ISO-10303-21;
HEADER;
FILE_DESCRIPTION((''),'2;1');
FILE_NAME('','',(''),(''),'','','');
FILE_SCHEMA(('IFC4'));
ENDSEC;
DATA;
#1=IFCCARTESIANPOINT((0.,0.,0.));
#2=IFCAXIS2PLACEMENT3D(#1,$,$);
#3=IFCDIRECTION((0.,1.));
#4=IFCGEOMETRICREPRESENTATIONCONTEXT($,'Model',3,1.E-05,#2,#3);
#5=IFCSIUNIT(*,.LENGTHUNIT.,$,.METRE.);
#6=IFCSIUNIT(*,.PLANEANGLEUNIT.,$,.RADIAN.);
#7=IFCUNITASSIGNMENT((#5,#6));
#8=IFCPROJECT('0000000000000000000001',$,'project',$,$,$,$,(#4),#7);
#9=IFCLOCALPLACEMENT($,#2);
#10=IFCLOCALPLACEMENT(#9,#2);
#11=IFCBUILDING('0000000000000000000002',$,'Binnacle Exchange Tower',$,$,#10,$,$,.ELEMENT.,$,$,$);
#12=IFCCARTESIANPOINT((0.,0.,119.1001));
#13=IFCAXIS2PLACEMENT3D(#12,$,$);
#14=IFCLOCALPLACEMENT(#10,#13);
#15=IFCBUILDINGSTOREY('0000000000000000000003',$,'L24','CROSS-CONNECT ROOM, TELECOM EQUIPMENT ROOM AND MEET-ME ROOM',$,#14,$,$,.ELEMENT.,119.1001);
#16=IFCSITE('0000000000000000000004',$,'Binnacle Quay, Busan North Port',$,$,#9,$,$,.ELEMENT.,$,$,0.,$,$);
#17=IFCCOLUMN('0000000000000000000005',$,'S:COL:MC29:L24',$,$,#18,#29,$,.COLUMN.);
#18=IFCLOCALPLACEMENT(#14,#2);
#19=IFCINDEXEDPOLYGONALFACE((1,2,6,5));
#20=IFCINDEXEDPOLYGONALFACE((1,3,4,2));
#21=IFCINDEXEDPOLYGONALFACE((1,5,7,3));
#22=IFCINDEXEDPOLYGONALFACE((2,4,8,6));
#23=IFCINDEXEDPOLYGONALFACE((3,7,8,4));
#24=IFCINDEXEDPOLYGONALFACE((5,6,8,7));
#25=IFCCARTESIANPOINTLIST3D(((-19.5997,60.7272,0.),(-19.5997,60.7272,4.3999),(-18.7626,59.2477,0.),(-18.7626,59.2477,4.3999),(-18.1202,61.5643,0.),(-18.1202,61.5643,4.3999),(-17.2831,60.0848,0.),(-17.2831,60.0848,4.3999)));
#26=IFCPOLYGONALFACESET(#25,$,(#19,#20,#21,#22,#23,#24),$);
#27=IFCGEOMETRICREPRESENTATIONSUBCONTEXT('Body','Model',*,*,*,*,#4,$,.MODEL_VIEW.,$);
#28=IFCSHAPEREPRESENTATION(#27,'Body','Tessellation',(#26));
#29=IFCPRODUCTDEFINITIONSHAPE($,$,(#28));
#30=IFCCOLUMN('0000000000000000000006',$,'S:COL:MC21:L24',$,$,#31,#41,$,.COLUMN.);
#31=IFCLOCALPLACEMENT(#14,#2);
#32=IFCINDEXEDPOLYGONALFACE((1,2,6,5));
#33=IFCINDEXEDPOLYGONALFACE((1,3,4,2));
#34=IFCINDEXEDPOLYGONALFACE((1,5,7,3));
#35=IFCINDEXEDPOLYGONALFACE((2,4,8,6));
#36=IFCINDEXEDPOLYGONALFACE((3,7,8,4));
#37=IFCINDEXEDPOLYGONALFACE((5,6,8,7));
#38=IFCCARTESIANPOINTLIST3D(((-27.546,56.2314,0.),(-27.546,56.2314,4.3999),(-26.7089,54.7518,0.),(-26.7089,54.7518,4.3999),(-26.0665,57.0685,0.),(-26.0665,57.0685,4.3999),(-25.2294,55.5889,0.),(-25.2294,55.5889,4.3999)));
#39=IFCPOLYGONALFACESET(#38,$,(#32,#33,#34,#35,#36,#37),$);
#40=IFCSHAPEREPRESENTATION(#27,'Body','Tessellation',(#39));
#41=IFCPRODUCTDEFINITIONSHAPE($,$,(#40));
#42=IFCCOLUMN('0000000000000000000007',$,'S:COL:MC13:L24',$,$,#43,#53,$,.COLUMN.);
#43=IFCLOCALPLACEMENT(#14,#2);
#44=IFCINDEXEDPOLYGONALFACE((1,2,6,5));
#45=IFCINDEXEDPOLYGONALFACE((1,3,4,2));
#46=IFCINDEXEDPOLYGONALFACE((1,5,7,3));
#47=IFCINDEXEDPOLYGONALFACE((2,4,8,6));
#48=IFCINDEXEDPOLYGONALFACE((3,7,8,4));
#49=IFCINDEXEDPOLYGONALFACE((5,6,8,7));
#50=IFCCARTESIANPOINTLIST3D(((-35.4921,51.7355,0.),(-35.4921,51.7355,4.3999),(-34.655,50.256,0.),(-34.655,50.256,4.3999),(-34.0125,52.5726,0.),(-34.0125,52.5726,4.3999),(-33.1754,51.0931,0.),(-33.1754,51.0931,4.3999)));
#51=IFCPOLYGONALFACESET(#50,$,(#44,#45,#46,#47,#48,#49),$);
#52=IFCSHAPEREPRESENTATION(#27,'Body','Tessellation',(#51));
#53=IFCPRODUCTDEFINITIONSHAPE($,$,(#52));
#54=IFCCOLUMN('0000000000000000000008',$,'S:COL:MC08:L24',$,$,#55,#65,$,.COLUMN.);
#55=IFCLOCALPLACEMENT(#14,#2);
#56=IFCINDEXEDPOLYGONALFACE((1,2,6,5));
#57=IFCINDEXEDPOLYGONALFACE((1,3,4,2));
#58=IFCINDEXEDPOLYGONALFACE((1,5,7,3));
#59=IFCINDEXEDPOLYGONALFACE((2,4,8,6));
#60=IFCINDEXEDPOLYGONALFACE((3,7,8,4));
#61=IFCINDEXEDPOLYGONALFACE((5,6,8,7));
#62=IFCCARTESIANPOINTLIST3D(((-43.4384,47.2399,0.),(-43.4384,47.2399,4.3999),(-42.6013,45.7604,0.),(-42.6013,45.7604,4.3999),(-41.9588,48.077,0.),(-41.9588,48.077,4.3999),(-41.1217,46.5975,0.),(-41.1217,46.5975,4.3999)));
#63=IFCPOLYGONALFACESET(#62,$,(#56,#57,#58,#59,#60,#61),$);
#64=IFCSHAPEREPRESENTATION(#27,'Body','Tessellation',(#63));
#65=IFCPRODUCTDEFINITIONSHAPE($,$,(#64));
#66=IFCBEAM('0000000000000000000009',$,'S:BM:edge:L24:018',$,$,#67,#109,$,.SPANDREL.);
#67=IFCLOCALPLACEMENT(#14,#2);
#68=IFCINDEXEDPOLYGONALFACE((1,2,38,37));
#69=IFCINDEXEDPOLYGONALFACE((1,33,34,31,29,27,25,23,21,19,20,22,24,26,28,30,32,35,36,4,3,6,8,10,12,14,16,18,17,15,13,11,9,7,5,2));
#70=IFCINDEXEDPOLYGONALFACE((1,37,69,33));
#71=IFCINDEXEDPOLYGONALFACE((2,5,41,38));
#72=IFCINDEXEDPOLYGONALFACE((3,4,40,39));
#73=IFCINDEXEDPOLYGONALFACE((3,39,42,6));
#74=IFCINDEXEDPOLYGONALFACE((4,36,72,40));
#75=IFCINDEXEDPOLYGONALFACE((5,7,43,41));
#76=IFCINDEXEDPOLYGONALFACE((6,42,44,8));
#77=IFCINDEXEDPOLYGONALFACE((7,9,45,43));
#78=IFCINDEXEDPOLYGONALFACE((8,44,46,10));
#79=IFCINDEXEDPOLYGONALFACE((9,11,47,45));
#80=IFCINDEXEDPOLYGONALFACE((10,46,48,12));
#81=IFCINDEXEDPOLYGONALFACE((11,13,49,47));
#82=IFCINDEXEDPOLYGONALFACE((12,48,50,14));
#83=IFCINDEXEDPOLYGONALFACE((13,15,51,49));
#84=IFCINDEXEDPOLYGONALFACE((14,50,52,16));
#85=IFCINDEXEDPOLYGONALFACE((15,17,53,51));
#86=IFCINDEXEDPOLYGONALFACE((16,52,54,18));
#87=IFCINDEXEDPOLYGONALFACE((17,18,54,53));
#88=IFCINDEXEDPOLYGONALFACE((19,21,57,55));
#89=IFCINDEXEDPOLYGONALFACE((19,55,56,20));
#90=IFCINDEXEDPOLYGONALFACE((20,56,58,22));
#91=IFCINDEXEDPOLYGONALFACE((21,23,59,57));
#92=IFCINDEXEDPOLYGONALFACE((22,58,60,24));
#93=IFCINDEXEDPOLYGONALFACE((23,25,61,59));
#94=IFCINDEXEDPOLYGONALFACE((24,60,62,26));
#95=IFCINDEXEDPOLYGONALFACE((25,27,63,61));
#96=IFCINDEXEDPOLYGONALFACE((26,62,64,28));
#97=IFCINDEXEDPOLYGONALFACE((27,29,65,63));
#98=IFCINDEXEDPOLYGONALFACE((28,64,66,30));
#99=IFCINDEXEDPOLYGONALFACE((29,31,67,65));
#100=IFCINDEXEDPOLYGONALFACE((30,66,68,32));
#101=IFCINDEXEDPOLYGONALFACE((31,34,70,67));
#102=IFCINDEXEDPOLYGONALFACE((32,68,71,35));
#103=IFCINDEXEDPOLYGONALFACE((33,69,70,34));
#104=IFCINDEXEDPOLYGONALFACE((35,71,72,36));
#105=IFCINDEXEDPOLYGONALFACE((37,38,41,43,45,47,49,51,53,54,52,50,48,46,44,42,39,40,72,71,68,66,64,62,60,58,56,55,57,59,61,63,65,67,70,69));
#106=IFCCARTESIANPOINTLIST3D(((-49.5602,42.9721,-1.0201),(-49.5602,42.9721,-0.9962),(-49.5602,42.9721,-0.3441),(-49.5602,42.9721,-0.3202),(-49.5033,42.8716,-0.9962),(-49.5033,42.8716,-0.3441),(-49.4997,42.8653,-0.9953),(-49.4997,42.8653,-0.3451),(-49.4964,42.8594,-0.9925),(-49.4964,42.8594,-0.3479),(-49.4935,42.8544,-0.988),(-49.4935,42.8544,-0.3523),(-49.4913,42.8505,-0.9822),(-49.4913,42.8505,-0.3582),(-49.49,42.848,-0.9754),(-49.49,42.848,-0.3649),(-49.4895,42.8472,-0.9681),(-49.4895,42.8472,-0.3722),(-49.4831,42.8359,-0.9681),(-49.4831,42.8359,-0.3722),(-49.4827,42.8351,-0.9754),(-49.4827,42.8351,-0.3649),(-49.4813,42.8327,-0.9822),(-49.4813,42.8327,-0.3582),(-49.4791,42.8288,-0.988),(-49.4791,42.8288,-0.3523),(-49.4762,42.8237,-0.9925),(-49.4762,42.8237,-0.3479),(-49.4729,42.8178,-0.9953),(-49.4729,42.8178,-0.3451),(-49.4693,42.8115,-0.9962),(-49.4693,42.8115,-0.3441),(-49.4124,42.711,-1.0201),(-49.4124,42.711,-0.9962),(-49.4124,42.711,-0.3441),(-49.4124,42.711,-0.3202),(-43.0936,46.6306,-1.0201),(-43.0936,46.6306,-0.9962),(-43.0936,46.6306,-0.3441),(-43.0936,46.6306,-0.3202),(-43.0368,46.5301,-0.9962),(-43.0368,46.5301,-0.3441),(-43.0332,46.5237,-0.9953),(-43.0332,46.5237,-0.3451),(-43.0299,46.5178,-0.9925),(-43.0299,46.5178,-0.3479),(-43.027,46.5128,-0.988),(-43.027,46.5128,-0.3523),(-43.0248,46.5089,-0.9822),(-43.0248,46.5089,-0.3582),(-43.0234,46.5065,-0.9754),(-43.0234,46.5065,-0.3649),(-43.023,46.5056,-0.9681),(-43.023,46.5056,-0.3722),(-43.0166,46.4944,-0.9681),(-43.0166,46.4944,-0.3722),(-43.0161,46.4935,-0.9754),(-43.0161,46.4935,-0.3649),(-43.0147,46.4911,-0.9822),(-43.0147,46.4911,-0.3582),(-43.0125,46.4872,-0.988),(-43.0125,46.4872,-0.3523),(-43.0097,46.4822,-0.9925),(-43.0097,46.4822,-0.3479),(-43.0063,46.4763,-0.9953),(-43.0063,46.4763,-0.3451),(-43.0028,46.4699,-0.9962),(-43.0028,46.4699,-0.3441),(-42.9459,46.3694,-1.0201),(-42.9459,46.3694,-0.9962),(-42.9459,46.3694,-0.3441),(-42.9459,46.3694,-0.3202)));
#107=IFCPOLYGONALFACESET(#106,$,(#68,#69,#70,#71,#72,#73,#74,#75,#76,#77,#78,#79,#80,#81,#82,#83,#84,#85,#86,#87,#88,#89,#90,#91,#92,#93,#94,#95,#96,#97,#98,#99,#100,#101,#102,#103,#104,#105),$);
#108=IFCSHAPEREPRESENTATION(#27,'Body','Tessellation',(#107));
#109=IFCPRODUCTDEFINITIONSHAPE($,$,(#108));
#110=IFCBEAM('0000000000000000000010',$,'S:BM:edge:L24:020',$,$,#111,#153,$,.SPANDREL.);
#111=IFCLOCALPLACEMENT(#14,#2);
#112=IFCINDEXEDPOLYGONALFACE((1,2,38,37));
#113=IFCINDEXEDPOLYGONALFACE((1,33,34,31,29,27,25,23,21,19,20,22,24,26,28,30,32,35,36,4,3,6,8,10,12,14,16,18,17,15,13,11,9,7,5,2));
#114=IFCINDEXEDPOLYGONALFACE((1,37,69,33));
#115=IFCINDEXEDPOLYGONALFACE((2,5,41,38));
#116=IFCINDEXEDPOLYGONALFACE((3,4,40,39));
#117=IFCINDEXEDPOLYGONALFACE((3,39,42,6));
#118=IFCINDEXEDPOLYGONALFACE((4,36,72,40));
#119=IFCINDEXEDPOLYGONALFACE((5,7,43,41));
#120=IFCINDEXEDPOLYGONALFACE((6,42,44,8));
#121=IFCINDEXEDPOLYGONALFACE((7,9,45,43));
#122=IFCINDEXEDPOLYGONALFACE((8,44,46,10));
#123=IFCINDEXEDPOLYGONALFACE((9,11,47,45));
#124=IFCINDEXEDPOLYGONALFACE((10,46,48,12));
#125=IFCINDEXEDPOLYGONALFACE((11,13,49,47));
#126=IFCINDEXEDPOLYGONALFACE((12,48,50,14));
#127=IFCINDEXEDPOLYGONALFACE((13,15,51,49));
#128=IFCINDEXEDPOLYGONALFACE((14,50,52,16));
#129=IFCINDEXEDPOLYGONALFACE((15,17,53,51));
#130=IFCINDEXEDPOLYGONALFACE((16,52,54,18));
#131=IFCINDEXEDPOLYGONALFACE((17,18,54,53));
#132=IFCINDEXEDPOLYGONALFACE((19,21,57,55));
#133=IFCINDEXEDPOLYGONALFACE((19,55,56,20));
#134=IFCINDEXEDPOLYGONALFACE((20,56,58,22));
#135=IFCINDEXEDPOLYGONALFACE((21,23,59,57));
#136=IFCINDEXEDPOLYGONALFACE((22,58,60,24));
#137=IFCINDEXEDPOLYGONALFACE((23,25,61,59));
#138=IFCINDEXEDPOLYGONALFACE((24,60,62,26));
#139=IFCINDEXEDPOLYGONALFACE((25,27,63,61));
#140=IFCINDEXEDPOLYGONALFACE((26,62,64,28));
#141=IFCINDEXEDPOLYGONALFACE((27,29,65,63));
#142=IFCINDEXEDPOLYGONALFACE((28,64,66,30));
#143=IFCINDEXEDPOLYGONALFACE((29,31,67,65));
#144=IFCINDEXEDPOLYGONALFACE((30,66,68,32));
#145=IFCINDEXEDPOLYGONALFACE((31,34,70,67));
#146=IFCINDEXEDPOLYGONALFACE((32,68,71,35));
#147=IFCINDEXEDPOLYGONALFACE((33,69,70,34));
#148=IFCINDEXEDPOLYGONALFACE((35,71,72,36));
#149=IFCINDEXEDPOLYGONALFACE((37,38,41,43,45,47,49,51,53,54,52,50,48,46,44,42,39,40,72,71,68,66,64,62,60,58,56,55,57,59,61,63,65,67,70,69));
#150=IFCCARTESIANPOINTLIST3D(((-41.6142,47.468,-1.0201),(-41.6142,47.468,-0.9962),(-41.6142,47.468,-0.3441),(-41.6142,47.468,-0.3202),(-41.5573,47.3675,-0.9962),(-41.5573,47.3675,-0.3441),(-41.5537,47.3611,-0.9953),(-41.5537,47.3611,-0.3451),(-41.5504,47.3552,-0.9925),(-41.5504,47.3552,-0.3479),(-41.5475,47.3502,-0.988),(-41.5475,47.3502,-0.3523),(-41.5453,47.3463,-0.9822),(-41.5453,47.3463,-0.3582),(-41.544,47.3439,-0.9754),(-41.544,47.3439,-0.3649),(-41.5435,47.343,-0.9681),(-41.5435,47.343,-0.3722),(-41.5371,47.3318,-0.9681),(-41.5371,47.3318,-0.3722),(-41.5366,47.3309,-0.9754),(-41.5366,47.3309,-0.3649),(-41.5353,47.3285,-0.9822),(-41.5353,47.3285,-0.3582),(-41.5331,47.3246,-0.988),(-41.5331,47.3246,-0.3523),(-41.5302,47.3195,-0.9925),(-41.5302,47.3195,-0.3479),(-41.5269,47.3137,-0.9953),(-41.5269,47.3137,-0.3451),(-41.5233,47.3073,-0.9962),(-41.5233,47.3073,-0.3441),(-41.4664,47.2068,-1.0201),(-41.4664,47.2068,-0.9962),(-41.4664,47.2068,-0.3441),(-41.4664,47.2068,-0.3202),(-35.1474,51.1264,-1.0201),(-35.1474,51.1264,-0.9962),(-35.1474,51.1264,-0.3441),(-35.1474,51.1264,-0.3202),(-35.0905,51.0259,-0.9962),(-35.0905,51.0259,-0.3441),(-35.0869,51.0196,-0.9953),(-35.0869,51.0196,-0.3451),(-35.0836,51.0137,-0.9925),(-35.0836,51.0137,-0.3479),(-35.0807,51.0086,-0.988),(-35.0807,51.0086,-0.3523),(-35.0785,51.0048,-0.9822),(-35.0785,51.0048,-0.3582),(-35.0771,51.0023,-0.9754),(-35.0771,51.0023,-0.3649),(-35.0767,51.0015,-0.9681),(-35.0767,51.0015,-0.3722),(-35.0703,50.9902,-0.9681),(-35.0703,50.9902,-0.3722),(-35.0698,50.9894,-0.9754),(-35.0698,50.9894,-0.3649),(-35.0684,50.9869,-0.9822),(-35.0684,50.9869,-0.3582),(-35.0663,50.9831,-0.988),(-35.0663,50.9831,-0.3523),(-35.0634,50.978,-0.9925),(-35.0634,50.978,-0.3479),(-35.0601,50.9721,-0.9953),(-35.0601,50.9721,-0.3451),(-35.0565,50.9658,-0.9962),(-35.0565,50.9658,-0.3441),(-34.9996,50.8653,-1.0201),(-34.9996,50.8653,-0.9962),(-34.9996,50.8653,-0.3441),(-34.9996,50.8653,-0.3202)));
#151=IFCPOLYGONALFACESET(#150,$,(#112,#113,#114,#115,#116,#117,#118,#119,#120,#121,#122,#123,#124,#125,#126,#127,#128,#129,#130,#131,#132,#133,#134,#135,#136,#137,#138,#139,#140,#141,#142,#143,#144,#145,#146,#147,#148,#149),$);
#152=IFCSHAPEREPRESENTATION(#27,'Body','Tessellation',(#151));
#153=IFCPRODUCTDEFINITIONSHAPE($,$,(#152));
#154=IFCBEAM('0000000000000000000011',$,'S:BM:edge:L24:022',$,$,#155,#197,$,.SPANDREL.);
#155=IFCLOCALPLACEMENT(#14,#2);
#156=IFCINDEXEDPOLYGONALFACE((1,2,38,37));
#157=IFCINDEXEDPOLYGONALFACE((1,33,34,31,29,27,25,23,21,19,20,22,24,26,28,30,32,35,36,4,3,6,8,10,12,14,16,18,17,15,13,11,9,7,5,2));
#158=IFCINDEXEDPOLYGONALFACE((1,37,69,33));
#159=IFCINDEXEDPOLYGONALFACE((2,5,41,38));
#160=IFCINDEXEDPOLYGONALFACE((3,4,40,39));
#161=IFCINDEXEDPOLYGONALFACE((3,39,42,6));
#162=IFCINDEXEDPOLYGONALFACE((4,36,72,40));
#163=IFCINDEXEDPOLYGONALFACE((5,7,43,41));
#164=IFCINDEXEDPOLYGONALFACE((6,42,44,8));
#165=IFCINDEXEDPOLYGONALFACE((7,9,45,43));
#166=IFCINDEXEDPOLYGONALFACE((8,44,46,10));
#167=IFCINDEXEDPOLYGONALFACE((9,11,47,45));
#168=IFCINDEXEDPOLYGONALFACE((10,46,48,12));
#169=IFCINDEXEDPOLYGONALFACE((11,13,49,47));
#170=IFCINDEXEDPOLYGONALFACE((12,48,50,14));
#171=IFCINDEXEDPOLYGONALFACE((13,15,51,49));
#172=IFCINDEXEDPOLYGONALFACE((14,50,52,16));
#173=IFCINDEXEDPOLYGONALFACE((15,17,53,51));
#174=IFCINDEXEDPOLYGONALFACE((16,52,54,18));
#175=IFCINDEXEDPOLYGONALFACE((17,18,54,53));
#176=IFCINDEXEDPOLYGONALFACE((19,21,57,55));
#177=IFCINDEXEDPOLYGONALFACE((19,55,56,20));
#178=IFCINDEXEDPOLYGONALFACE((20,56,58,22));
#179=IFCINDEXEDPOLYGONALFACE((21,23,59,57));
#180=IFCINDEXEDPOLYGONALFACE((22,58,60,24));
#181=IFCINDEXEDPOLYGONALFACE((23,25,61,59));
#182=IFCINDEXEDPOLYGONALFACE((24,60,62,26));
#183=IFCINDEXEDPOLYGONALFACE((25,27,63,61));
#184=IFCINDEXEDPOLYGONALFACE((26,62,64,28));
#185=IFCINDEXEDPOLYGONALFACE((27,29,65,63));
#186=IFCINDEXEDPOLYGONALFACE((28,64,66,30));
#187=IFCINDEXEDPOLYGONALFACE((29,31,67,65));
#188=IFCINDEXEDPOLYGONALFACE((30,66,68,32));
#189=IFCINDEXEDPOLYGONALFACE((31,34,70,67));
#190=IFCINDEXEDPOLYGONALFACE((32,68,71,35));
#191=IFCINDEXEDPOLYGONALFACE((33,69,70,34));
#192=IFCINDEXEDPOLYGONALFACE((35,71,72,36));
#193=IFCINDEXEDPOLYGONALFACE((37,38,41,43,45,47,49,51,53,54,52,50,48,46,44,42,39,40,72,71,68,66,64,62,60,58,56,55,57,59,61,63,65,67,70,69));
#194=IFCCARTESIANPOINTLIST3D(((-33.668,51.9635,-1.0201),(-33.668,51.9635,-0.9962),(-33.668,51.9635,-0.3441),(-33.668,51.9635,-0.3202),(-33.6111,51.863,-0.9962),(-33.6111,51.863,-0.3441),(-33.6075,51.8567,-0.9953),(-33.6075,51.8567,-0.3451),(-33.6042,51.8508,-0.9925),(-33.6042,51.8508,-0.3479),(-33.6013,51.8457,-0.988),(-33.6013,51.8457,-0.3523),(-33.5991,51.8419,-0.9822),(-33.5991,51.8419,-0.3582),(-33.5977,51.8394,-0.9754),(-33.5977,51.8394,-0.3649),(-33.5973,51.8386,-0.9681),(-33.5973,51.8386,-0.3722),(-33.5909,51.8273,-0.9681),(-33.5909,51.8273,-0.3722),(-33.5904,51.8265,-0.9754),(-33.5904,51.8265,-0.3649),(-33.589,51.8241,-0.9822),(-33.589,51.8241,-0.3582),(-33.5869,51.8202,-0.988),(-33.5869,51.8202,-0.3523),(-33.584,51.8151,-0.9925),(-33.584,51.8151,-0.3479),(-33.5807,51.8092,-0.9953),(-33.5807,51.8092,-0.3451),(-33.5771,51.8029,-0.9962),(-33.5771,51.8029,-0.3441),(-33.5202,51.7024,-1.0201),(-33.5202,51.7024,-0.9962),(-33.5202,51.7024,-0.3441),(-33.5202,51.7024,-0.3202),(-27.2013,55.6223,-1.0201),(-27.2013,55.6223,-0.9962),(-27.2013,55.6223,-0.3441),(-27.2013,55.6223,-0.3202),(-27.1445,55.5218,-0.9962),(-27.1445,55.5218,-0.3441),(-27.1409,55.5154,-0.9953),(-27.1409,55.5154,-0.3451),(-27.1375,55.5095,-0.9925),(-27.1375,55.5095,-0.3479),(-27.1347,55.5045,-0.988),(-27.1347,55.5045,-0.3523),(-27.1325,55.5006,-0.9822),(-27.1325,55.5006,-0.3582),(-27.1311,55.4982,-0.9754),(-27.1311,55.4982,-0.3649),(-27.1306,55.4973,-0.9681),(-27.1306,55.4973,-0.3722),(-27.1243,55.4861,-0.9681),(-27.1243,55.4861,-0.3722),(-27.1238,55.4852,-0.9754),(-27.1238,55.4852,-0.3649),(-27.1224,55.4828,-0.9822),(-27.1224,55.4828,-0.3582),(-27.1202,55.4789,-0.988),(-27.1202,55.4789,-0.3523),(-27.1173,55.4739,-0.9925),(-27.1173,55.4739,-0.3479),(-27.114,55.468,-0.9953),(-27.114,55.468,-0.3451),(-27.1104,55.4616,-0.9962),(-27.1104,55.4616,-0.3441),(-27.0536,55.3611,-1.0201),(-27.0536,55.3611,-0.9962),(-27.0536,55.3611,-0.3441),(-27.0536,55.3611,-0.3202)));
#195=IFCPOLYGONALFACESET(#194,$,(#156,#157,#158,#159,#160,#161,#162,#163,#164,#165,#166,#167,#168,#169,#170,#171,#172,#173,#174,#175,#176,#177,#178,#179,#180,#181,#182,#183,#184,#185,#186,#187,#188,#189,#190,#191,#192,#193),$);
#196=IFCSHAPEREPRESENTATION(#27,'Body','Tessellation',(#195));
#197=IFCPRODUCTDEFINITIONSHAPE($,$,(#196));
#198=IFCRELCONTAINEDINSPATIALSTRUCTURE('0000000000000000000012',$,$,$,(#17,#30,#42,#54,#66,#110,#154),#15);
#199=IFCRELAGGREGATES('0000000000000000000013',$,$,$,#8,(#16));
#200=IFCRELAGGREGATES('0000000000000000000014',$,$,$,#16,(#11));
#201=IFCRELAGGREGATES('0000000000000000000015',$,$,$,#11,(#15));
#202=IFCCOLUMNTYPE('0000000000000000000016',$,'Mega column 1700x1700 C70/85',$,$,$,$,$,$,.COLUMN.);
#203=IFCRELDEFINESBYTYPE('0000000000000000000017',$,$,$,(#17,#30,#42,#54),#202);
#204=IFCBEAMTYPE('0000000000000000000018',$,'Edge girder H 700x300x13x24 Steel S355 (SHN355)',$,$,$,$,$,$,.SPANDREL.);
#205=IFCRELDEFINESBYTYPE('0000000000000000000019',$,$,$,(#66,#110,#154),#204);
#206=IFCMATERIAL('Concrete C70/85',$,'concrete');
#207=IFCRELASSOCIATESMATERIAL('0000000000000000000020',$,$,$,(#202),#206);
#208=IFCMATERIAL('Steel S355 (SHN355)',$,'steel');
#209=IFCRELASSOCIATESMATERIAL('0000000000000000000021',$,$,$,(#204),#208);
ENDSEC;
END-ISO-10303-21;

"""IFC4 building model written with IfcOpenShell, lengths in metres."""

from ifc_helpers import new_model, si_unit, direction, frame, origin, origin_2d, place, context, subcontext, project, spatial, rectangle, i_section, extrude, material, material_profile, profile_set, type_object, element, save


model = new_model("IFC4")

# Units and contexts
model_context = context("Model", 3, precision=1e-05, world=origin(), true_north=direction((0.0, 1.0)))
body_context = subcontext(model_context, "Body", "Model", "MODEL_VIEW")
ifc_project = project(units=[si_unit("LENGTHUNIT", "METRE"), si_unit("PLANEANGLEUNIT", "RADIAN")], contexts=[model_context])

# Site, building, storey
site_placement = place(None, origin())
site = spatial("IfcSite", under=ifc_project, at=site_placement, Name="Binnacle Quay, Busan North Port", CompositionType="ELEMENT", RefElevation=0.0)
building_placement = place(site_placement, origin())
building = spatial("IfcBuilding", under=site, at=building_placement, Name="Binnacle Exchange Tower", CompositionType="ELEMENT")
storey_placement = place(building_placement, frame((0.0, 0.0, 119.1001)))
storey = spatial("IfcBuildingStorey", under=building, at=storey_placement, Name="L24", Description="CROSS-CONNECT ROOM, TELECOM EQUIPMENT ROOM AND MEET-ME ROOM", CompositionType="ELEMENT", Elevation=119.1001)

# Columns
ifc_material_1 = material(Name="Concrete C70/85", Category="concrete")
ifc_material_profile_1 = material_profile(ifc_material_1, rectangle(XDim=1.7, YDim=1.7, at=origin_2d()), Name="Mega column 1700x1700 C70/85")
ifc_profile_set_1 = profile_set([ifc_material_profile_1], Name="Concrete C70/85")
column_type = type_object("IfcColumnType", Name="Mega column 1700x1700 C70/85", PredefinedType="COLUMN", material=ifc_profile_set_1)
for number, where, z_axis, x_axis, name in (
    (1, (-18.4414, 60.406, 0.0), (0.0, 0.0, 1.0), (-0.870356, -0.492424, 0.0), "S:COL:MC29:L24"),
    (2, (-26.3877, 55.9102, 0.0), (0.0, 0.0, 1.0), (-0.870356, -0.492424, 0.0), "S:COL:MC21:L24"),
    (3, (-34.3337, 51.4143, 0.0), (0.0, 0.0, 1.0), (-0.870356, -0.492424, 0.0), "S:COL:MC13:L24"),
    (4, (-42.28, 46.9187, 0.0), (0.0, 0.0, 1.0), (-0.870356, -0.492424, 0.0), "S:COL:MC08:L24"),
):
    element("IfcColumn", number, at=place(storey_placement, frame(where, z_axis=z_axis, x_axis=x_axis)), inside=storey, type_object=column_type, Name=name, PredefinedType="COLUMN", context=body_context, shape_type="SweptSolid", body=[
        extrude(rectangle(XDim=1.7, YDim=1.7, at=origin_2d()), origin(), (0.0, 0.0, 1.0), 4.3999),
    ])

# Beams
ifc_material_2 = material(Name="Steel S355 (SHN355)", Category="steel")
ifc_material_profile_2 = material_profile(ifc_material_2, i_section(OverallWidth=0.3, OverallDepth=0.7, WebThickness=0.0129, FlangeThickness=0.0239, FilletRadius=0.0281, at=origin_2d()), Name="H 700x300x13x24")
ifc_profile_set_2 = profile_set([ifc_material_profile_2], Name="Steel S355 (SHN355)")
beam_type_1 = type_object("IfcBeamType", Name="Edge girder H 700x300x13x24 Steel S355 (SHN355)", PredefinedType="SPANDREL", material=ifc_profile_set_2)
beam_1_placement = place(storey_placement, frame((-43.0198, 46.5, -0.6702), z_axis=(-0.870364, -0.492408, 0.0), x_axis=(0.492408, -0.870364, 0.0)))
element("IfcBeam", 5, at=beam_1_placement, inside=storey, type_object=beam_type_1, Name="S:BM:edge:L24:018", PredefinedType="SPANDREL", context=body_context, shape_type="SweptSolid", body=[
    extrude(i_section(OverallWidth=0.3, OverallDepth=0.7, WebThickness=0.0129, FlangeThickness=0.0239, FilletRadius=0.0281, at=origin_2d()), origin(), (0.0, 0.0, 1.0), 7.4297),
])
for number, where, z_axis, x_axis, name in (
    (6, (-35.0735, 50.9958, -0.6702), (-0.870372, -0.492394, 0.0), (0.492394, -0.870372, 0.0), "S:BM:edge:L24:020"),
    (7, (-27.1274, 55.4917, -0.6702), (-0.87035, -0.492433, 0.0), (0.492433, -0.87035, 0.0), "S:BM:edge:L24:022"),
):
    element("IfcBeam", number, at=place(storey_placement, frame(where, z_axis=z_axis, x_axis=x_axis)), inside=storey, type_object=beam_type_1, Name=name, PredefinedType="SPANDREL", context=body_context, shape_type="SweptSolid", body=[
        extrude(i_section(OverallWidth=0.3, OverallDepth=0.7, WebThickness=0.0129, FlangeThickness=0.0239, FilletRadius=0.0281, at=origin_2d()), origin(), (0.0, 0.0, 1.0), 7.4299),
    ])

save(model, "model.ifc")
